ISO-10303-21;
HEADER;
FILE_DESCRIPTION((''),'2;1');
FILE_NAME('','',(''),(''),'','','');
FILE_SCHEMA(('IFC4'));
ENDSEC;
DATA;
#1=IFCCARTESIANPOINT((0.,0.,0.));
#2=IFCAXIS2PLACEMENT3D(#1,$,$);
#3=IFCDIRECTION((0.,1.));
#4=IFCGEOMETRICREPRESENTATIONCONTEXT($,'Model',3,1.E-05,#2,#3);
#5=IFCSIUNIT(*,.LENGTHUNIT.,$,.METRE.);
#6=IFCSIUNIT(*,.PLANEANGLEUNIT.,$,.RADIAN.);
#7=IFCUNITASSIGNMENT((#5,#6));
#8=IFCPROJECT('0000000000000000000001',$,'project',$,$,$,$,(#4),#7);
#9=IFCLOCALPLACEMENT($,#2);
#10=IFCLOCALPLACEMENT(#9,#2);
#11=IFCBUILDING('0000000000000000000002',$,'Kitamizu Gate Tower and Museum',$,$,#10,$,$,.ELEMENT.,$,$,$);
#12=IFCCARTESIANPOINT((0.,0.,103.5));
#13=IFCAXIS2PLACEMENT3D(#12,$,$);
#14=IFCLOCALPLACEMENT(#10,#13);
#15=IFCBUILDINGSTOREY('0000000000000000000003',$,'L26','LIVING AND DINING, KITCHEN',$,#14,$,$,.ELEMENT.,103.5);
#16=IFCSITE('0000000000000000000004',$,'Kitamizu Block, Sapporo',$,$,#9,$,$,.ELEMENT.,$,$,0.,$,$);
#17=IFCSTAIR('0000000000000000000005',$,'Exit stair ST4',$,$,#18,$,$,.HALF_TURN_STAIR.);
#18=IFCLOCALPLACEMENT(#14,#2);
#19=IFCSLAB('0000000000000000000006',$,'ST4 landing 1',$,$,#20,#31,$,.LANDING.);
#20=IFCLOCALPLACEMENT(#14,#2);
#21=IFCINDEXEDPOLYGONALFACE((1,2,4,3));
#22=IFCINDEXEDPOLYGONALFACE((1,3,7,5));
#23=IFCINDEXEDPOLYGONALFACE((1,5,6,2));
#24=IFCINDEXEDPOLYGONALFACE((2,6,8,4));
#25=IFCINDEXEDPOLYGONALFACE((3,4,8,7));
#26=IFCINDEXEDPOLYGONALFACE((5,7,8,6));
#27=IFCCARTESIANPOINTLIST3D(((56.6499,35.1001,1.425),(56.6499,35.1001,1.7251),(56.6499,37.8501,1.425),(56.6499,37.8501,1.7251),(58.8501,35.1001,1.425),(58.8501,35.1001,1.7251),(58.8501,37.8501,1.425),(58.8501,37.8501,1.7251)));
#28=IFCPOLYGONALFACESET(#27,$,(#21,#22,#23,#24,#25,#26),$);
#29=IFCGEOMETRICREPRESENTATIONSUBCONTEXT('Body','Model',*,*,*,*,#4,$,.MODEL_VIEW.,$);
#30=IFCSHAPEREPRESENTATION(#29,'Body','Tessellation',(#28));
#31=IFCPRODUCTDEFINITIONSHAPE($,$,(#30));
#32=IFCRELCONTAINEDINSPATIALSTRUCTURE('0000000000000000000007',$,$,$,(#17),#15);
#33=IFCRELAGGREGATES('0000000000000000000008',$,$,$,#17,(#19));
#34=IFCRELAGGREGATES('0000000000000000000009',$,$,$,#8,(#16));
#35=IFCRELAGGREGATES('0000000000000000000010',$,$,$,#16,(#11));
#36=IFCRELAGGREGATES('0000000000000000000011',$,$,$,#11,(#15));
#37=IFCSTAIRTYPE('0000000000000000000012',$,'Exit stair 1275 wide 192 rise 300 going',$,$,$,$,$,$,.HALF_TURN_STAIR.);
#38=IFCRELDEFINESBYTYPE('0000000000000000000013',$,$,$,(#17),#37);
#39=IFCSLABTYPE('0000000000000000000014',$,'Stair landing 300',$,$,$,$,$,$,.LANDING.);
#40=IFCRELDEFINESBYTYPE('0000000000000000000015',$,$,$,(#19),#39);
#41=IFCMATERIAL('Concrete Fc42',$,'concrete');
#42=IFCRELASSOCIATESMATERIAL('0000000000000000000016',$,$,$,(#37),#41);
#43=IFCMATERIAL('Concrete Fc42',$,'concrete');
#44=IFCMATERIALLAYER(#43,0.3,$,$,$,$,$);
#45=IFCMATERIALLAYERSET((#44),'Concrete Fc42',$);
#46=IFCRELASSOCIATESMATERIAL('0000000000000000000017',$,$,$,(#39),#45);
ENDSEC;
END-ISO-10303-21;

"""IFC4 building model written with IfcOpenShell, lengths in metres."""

from ifc_helpers import new_model, si_unit, direction, frame, origin, place, context, subcontext, project, spatial, polyline, outline, extrude, material, layer, layer_set, type_object, element, aggregate, save


model = new_model("IFC4")

# Units and contexts
model_context = context("Model", 3, precision=1e-05, world=origin(), true_north=direction((0.0, 1.0)))
body_context = subcontext(model_context, "Body", "Model", "MODEL_VIEW")
ifc_project = project(units=[si_unit("LENGTHUNIT", "METRE"), si_unit("PLANEANGLEUNIT", "RADIAN")], contexts=[model_context])

# Site, building, storey
site_placement = place(None, origin())
site = spatial("IfcSite", under=ifc_project, at=site_placement, Name="Kitamizu Block, Sapporo", CompositionType="ELEMENT", RefElevation=0.0)
building_placement = place(site_placement, origin())
building = spatial("IfcBuilding", under=site, at=building_placement, Name="Kitamizu Gate Tower and Museum", CompositionType="ELEMENT")
storey_placement = place(building_placement, frame((0.0, 0.0, 103.5)))
storey = spatial("IfcBuildingStorey", under=building, at=storey_placement, Name="L26", Description="LIVING AND DINING, KITCHEN", CompositionType="ELEMENT", Elevation=103.5)

# Stair, slab
ifc_material_1 = material(Name="Concrete Fc42", Category="concrete")
stair_type = type_object("IfcStairType", Name="Exit stair 1275 wide 192 rise 300 going", PredefinedType="HALF_TURN_STAIR", material=ifc_material_1)
ifc_material_2 = material(Name="Concrete Fc42", Category="concrete")
ifc_layer_1 = layer(ifc_material_2, 0.3)
ifc_layer_set_1 = layer_set([ifc_layer_1], Name="Concrete Fc42")
slab_type_1 = type_object("IfcSlabType", Name="Stair landing 300", PredefinedType="LANDING", material=ifc_layer_set_1)
stair_1_placement = place(storey_placement, origin())
stair_1 = element("IfcStair", 1, at=stair_1_placement, inside=storey, type_object=stair_type, Name="Exit stair ST4", PredefinedType="HALF_TURN_STAIR")
slab_1_placement = place(storey_placement, frame((0.0, 0.0, 1.425)))
slab_1 = element("IfcSlab", 2, at=slab_1_placement, type_object=slab_type_1, Name="ST4 landing 1", PredefinedType="LANDING", context=body_context, shape_type="SweptSolid", body=[
    extrude(outline(polyline([(56.6499, 35.1001), (58.8501, 35.1001), (58.8501, 37.8501), (56.6499, 37.8501), (56.6499, 35.1001)])), origin(), (0.0, 0.0, 1.0), 0.3),
])
aggregate(stair_1, [slab_1])

save(model, "model.ifc")
